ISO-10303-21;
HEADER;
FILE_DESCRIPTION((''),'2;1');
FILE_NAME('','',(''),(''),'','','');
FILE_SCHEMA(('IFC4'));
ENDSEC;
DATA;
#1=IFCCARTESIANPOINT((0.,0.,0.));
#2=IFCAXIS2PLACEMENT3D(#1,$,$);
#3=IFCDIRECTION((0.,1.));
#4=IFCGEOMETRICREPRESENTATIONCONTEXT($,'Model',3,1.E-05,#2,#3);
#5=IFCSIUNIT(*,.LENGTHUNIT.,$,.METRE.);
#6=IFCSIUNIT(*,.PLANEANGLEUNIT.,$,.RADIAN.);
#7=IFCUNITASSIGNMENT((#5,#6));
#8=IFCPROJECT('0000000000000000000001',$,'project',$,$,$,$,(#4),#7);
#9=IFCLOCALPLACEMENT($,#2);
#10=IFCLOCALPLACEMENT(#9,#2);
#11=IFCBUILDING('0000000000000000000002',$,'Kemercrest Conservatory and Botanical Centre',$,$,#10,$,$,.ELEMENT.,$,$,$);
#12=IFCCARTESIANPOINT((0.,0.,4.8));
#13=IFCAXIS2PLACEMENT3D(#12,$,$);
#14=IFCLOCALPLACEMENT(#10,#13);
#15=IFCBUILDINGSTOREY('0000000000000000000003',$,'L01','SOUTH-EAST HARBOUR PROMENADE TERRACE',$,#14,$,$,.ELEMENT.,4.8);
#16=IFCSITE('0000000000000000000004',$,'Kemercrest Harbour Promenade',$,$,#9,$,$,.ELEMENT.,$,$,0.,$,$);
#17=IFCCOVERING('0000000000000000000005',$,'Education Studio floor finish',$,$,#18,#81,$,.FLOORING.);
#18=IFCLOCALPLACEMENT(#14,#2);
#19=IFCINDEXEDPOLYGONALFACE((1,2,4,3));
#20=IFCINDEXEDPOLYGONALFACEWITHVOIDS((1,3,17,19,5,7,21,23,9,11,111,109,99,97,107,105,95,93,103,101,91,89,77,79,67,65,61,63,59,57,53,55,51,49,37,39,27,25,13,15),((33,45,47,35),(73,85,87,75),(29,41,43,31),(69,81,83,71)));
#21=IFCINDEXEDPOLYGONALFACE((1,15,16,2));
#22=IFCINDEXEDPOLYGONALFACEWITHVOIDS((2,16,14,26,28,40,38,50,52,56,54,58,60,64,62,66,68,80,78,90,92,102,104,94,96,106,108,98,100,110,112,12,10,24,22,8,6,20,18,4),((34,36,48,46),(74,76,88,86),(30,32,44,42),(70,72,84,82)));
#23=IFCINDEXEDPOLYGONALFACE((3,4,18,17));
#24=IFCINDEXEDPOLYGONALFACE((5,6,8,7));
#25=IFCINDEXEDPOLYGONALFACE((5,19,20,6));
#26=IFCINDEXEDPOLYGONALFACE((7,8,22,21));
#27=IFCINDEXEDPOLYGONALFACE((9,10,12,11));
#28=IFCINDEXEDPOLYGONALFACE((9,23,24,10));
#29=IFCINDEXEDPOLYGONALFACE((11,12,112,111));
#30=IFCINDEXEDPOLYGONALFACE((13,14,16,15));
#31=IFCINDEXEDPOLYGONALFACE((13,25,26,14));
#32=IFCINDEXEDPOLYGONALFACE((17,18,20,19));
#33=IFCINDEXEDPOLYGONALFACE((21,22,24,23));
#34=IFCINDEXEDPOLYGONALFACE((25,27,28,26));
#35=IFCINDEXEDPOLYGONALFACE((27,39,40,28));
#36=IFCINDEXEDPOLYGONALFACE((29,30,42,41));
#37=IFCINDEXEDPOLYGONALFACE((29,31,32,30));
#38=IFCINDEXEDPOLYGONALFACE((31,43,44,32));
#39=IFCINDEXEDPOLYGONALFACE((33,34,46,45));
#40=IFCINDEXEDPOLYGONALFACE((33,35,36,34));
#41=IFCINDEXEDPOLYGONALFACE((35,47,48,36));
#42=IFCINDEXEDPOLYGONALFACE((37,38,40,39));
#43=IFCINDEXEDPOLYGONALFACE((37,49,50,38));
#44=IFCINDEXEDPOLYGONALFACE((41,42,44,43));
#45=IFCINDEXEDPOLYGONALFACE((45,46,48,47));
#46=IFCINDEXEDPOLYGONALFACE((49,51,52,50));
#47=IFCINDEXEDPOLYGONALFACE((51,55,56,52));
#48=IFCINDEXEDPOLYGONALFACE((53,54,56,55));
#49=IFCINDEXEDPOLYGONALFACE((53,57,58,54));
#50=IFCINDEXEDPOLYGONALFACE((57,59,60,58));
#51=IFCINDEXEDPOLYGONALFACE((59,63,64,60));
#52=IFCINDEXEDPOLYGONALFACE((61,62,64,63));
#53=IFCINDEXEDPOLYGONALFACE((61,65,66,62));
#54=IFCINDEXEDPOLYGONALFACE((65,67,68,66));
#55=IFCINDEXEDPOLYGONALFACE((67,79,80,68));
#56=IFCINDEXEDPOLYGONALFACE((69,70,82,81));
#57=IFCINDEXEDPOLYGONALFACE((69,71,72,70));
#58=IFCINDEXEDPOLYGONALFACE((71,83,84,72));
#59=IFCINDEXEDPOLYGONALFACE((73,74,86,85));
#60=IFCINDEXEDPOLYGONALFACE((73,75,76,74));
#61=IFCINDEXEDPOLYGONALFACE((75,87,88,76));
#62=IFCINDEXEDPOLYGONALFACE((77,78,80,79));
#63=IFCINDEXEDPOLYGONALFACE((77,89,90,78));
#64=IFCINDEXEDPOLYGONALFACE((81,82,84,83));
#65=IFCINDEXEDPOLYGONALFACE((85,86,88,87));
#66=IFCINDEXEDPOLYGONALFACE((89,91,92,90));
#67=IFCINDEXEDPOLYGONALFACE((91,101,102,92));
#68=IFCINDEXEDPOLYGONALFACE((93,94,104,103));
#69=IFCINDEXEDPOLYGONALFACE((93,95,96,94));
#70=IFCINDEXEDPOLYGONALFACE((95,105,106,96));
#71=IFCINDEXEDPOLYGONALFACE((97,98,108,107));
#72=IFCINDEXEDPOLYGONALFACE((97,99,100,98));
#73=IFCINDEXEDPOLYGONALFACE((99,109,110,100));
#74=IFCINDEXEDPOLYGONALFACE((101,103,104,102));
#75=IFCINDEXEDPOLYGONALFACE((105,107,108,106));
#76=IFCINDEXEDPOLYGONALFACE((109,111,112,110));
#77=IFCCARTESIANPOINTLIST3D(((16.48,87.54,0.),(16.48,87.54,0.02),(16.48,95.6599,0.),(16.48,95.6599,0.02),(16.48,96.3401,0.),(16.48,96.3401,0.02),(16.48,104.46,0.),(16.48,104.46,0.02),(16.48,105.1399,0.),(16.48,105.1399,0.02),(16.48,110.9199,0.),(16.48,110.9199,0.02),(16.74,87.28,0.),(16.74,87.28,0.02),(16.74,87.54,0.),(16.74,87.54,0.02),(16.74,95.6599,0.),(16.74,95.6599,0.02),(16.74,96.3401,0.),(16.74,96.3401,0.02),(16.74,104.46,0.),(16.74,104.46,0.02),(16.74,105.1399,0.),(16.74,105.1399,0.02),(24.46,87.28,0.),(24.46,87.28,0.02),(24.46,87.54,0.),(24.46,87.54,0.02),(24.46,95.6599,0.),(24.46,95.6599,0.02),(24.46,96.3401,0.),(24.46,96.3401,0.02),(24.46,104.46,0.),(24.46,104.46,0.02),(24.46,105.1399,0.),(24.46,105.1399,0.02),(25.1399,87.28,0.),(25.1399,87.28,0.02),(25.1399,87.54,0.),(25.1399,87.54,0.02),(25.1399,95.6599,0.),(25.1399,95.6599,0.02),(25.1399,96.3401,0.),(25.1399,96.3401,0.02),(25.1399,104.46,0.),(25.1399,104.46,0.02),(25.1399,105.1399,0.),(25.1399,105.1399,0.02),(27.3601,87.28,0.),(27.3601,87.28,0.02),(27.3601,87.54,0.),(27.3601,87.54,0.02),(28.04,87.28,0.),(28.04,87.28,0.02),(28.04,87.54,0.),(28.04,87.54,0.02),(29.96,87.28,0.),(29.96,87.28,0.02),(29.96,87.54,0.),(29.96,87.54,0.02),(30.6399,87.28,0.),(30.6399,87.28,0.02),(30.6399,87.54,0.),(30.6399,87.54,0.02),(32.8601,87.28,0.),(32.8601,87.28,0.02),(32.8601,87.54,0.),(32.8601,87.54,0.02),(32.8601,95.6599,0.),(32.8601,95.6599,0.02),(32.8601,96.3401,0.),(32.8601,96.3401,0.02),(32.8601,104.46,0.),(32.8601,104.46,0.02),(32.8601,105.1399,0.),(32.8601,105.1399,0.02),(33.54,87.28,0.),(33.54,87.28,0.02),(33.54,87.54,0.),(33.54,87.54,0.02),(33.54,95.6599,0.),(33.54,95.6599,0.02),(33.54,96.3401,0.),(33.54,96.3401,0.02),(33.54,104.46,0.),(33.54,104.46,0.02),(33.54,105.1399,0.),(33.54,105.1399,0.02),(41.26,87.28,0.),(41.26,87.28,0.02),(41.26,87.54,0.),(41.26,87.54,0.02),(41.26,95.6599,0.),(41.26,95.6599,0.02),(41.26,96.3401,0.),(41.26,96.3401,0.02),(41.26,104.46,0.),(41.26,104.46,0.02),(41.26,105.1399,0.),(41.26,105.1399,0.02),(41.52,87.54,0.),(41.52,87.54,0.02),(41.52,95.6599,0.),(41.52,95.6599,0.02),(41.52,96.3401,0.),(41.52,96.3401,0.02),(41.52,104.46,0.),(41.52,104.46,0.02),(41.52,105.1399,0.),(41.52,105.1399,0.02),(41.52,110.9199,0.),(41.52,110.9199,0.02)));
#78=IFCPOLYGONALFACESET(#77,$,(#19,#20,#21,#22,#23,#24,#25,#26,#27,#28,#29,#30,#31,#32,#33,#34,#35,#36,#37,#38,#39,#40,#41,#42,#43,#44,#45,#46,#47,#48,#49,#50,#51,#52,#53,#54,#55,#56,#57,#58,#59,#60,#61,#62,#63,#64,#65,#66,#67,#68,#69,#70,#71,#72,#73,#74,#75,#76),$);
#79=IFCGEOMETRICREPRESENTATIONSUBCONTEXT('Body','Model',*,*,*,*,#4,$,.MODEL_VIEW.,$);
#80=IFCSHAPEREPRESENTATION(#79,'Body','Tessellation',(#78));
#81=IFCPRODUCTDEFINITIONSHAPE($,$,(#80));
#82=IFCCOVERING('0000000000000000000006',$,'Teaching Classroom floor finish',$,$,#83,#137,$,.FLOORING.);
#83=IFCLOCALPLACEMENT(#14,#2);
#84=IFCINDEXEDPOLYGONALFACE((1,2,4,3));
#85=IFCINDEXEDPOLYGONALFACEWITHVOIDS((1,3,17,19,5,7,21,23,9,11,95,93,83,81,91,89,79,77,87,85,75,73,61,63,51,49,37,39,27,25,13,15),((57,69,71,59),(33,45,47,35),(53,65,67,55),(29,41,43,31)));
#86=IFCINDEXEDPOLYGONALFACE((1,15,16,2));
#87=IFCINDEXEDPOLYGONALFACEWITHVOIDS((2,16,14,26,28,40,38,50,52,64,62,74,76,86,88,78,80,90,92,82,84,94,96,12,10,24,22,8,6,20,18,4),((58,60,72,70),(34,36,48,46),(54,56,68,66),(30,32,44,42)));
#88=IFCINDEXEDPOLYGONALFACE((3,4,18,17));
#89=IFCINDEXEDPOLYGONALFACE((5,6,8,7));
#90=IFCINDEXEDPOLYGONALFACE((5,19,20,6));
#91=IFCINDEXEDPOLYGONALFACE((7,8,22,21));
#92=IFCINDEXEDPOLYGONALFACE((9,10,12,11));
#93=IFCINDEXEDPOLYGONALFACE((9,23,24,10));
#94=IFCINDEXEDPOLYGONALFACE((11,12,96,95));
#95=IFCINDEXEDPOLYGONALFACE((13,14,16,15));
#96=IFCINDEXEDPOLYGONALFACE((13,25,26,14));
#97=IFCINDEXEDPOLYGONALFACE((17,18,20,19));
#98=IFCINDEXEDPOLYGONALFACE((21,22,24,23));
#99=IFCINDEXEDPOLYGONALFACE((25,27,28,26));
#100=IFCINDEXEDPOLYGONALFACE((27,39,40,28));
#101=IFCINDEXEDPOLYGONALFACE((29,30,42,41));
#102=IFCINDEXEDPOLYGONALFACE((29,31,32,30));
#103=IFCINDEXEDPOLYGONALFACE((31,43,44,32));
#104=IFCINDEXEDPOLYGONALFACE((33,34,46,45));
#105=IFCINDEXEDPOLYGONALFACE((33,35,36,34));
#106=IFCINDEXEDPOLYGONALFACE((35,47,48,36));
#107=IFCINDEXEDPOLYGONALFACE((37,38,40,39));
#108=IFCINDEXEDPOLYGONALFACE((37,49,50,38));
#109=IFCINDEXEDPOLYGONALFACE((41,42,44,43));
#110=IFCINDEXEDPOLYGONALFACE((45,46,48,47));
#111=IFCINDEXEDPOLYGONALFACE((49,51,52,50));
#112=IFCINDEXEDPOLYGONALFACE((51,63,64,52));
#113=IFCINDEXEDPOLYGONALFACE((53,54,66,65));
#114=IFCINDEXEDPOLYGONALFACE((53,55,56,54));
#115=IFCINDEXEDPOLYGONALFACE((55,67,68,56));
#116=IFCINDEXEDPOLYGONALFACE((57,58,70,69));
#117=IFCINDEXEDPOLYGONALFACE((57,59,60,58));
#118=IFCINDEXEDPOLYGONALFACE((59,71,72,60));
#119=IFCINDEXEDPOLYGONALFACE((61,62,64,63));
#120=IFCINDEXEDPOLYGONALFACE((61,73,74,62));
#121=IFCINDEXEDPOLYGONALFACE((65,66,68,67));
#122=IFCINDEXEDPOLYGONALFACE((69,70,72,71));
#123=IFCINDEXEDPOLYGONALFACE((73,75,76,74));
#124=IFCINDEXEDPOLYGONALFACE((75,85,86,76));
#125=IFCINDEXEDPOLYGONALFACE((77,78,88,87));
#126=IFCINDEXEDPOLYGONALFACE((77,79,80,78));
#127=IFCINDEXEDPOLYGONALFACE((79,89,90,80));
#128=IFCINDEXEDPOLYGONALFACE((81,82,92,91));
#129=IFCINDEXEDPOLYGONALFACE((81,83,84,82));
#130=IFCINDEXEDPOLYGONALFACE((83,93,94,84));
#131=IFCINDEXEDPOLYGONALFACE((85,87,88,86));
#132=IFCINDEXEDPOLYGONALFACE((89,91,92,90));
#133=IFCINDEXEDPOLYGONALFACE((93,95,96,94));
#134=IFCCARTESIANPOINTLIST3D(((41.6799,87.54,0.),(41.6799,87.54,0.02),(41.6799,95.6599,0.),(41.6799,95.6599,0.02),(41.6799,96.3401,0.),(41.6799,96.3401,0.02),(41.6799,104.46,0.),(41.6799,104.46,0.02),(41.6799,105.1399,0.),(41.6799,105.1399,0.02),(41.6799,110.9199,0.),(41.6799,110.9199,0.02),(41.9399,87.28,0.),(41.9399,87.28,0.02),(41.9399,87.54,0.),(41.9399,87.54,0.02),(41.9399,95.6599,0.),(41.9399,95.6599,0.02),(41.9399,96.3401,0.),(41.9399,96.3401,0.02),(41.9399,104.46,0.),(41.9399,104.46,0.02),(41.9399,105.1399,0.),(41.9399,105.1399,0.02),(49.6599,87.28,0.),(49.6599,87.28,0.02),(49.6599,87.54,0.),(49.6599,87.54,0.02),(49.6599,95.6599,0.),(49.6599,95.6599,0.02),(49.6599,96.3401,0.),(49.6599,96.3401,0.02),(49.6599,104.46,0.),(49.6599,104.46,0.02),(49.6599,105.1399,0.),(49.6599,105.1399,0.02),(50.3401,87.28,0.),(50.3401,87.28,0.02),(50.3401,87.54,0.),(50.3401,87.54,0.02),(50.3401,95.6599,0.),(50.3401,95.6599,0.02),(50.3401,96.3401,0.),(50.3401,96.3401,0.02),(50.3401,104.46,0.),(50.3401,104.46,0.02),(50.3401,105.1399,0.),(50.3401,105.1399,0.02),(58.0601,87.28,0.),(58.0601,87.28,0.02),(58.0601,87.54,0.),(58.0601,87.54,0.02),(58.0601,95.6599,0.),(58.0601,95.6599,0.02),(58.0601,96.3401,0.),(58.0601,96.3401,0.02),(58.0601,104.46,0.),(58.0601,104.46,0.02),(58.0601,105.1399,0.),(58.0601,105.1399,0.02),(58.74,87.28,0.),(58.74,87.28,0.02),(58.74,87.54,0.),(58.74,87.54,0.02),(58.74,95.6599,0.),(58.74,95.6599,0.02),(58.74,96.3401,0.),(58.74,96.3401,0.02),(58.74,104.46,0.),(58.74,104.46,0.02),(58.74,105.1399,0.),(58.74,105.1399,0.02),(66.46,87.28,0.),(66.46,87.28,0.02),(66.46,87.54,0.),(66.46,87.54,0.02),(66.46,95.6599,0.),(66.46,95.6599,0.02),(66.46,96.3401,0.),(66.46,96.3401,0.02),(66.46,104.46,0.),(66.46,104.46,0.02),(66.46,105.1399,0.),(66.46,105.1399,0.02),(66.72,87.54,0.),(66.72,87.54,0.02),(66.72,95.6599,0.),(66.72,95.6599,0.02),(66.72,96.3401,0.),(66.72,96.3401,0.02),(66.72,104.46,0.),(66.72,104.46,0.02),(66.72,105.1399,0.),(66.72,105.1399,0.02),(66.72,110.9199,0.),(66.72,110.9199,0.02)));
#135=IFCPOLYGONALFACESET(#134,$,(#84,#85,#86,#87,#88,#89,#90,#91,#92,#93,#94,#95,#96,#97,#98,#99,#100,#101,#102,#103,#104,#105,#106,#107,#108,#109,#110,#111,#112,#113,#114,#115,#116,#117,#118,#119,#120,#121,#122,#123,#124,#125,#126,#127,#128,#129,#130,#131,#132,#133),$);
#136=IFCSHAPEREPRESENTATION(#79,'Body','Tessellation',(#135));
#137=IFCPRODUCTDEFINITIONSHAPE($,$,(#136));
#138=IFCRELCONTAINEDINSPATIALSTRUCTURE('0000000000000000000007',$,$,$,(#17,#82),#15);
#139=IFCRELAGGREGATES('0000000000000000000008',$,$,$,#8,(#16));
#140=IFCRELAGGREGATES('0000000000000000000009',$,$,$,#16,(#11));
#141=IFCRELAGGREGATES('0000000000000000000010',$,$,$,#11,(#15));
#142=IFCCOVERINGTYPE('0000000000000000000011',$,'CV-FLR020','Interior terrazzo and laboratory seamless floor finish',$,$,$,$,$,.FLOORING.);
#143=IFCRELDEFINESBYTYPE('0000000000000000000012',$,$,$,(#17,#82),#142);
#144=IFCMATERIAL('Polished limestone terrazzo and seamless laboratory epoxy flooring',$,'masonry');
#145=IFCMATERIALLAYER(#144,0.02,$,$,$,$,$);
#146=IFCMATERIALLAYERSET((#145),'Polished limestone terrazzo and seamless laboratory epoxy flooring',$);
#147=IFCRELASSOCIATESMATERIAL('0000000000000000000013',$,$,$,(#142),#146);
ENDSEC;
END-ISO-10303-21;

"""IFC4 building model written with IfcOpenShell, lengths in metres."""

from ifc_helpers import new_model, si_unit, direction, frame, origin, place, context, subcontext, project, spatial, polyline, outline, extrude, material, layer, layer_set, type_object, element, save


model = new_model("IFC4")

# Units and contexts
model_context = context("Model", 3, precision=1e-05, world=origin(), true_north=direction((0.0, 1.0)))
body_context = subcontext(model_context, "Body", "Model", "MODEL_VIEW")
ifc_project = project(units=[si_unit("LENGTHUNIT", "METRE"), si_unit("PLANEANGLEUNIT", "RADIAN")], contexts=[model_context])

# Site, building, storey
site_placement = place(None, origin())
site = spatial("IfcSite", under=ifc_project, at=site_placement, Name="Kemercrest Harbour Promenade", CompositionType="ELEMENT", RefElevation=0.0)
building_placement = place(site_placement, origin())
building = spatial("IfcBuilding", under=site, at=building_placement, Name="Kemercrest Conservatory and Botanical Centre", CompositionType="ELEMENT")
storey_placement = place(building_placement, frame((0.0, 0.0, 4.8)))
storey = spatial("IfcBuildingStorey", under=building, at=storey_placement, Name="L01", Description="SOUTH-EAST HARBOUR PROMENADE TERRACE", CompositionType="ELEMENT", Elevation=4.8)

# Coverings
ifc_material = material(Name="Polished limestone terrazzo and seamless laboratory epoxy flooring", Category="masonry")
ifc_layer = layer(ifc_material, 0.02)
ifc_layer_set = layer_set([ifc_layer], Name="Polished limestone terrazzo and seamless laboratory epoxy flooring")
covering_type = type_object("IfcCoveringType", Name="CV-FLR020", Description="Interior terrazzo and laboratory seamless floor finish", PredefinedType="FLOORING", material=ifc_layer_set)
covering_1_placement = place(storey_placement, origin())
element("IfcCovering", 1, at=covering_1_placement, inside=storey, type_object=covering_type, Name="Education Studio floor finish", PredefinedType="FLOORING", context=body_context, shape_type="SweptSolid", body=[
    extrude(outline(polyline([(32.8601, 87.54), (33.54, 87.54), (33.54, 87.28), (41.26, 87.28), (41.26, 87.54), (41.52, 87.54), (41.52, 95.6599), (41.26, 95.6599), (41.26, 96.3401), (41.52, 96.3401), (41.52, 104.46), (41.26, 104.46), (41.26, 105.1399), (41.52, 105.1399), (41.52, 110.9199), (16.48, 110.9199), (16.48, 105.1399), (16.74, 105.1399), (16.74, 104.46), (16.48, 104.46), (16.48, 96.3401), (16.74, 96.3401), (16.74, 95.6599), (16.48, 95.6599), (16.48, 87.54), (16.74, 87.54), (16.74, 87.28), (24.46, 87.28), (24.46, 87.54), (25.1399, 87.54), (25.1399, 87.28), (27.3601, 87.28), (27.3601, 87.54), (28.04, 87.54), (28.04, 87.28), (29.96, 87.28), (29.96, 87.54), (30.6399, 87.54), (30.6399, 87.28), (32.8601, 87.28), (32.8601, 87.54)]), holes=[polyline([(32.8601, 104.46), (32.8601, 105.1399), (33.54, 105.1399), (33.54, 104.46), (32.8601, 104.46)]), polyline([(33.54, 95.6599), (32.8601, 95.6599), (32.8601, 96.3401), (33.54, 96.3401), (33.54, 95.6599)]), polyline([(24.46, 95.6599), (24.46, 96.3401), (25.1399, 96.3401), (25.1399, 95.6599), (24.46, 95.6599)]), polyline([(25.1399, 104.46), (24.46, 104.46), (24.46, 105.1399), (25.1399, 105.1399), (25.1399, 104.46)])]), origin(), (0.0, 0.0, 1.0), 0.02),
])
covering_2_placement = place(storey_placement, origin())
element("IfcCovering", 2, at=covering_2_placement, inside=storey, type_object=covering_type, Name="Teaching Classroom floor finish", PredefinedType="FLOORING", context=body_context, shape_type="SweptSolid", body=[
    extrude(outline(polyline([(58.0601, 87.54), (58.74, 87.54), (58.74, 87.28), (66.46, 87.28), (66.46, 87.54), (66.72, 87.54), (66.72, 95.6599), (66.46, 95.6599), (66.46, 96.3401), (66.72, 96.3401), (66.72, 104.46), (66.46, 104.46), (66.46, 105.1399), (66.72, 105.1399), (66.72, 110.9199), (41.6799, 110.9199), (41.6799, 105.1399), (41.9399, 105.1399), (41.9399, 104.46), (41.6799, 104.46), (41.6799, 96.3401), (41.9399, 96.3401), (41.9399, 95.6599), (41.6799, 95.6599), (41.6799, 87.54), (41.9399, 87.54), (41.9399, 87.28), (49.6599, 87.28), (49.6599, 87.54), (50.3401, 87.54), (50.3401, 87.28), (58.0601, 87.28), (58.0601, 87.54)]), holes=[polyline([(58.0601, 104.46), (58.0601, 105.1399), (58.74, 105.1399), (58.74, 104.46), (58.0601, 104.46)]), polyline([(58.74, 95.6599), (58.0601, 95.6599), (58.0601, 96.3401), (58.74, 96.3401), (58.74, 95.6599)]), polyline([(49.6599, 95.6599), (49.6599, 96.3401), (50.3401, 96.3401), (50.3401, 95.6599), (49.6599, 95.6599)]), polyline([(50.3401, 104.46), (49.6599, 104.46), (49.6599, 105.1399), (50.3401, 105.1399), (50.3401, 104.46)])]), origin(), (0.0, 0.0, 1.0), 0.02),
])

save(model, "model.ifc")
